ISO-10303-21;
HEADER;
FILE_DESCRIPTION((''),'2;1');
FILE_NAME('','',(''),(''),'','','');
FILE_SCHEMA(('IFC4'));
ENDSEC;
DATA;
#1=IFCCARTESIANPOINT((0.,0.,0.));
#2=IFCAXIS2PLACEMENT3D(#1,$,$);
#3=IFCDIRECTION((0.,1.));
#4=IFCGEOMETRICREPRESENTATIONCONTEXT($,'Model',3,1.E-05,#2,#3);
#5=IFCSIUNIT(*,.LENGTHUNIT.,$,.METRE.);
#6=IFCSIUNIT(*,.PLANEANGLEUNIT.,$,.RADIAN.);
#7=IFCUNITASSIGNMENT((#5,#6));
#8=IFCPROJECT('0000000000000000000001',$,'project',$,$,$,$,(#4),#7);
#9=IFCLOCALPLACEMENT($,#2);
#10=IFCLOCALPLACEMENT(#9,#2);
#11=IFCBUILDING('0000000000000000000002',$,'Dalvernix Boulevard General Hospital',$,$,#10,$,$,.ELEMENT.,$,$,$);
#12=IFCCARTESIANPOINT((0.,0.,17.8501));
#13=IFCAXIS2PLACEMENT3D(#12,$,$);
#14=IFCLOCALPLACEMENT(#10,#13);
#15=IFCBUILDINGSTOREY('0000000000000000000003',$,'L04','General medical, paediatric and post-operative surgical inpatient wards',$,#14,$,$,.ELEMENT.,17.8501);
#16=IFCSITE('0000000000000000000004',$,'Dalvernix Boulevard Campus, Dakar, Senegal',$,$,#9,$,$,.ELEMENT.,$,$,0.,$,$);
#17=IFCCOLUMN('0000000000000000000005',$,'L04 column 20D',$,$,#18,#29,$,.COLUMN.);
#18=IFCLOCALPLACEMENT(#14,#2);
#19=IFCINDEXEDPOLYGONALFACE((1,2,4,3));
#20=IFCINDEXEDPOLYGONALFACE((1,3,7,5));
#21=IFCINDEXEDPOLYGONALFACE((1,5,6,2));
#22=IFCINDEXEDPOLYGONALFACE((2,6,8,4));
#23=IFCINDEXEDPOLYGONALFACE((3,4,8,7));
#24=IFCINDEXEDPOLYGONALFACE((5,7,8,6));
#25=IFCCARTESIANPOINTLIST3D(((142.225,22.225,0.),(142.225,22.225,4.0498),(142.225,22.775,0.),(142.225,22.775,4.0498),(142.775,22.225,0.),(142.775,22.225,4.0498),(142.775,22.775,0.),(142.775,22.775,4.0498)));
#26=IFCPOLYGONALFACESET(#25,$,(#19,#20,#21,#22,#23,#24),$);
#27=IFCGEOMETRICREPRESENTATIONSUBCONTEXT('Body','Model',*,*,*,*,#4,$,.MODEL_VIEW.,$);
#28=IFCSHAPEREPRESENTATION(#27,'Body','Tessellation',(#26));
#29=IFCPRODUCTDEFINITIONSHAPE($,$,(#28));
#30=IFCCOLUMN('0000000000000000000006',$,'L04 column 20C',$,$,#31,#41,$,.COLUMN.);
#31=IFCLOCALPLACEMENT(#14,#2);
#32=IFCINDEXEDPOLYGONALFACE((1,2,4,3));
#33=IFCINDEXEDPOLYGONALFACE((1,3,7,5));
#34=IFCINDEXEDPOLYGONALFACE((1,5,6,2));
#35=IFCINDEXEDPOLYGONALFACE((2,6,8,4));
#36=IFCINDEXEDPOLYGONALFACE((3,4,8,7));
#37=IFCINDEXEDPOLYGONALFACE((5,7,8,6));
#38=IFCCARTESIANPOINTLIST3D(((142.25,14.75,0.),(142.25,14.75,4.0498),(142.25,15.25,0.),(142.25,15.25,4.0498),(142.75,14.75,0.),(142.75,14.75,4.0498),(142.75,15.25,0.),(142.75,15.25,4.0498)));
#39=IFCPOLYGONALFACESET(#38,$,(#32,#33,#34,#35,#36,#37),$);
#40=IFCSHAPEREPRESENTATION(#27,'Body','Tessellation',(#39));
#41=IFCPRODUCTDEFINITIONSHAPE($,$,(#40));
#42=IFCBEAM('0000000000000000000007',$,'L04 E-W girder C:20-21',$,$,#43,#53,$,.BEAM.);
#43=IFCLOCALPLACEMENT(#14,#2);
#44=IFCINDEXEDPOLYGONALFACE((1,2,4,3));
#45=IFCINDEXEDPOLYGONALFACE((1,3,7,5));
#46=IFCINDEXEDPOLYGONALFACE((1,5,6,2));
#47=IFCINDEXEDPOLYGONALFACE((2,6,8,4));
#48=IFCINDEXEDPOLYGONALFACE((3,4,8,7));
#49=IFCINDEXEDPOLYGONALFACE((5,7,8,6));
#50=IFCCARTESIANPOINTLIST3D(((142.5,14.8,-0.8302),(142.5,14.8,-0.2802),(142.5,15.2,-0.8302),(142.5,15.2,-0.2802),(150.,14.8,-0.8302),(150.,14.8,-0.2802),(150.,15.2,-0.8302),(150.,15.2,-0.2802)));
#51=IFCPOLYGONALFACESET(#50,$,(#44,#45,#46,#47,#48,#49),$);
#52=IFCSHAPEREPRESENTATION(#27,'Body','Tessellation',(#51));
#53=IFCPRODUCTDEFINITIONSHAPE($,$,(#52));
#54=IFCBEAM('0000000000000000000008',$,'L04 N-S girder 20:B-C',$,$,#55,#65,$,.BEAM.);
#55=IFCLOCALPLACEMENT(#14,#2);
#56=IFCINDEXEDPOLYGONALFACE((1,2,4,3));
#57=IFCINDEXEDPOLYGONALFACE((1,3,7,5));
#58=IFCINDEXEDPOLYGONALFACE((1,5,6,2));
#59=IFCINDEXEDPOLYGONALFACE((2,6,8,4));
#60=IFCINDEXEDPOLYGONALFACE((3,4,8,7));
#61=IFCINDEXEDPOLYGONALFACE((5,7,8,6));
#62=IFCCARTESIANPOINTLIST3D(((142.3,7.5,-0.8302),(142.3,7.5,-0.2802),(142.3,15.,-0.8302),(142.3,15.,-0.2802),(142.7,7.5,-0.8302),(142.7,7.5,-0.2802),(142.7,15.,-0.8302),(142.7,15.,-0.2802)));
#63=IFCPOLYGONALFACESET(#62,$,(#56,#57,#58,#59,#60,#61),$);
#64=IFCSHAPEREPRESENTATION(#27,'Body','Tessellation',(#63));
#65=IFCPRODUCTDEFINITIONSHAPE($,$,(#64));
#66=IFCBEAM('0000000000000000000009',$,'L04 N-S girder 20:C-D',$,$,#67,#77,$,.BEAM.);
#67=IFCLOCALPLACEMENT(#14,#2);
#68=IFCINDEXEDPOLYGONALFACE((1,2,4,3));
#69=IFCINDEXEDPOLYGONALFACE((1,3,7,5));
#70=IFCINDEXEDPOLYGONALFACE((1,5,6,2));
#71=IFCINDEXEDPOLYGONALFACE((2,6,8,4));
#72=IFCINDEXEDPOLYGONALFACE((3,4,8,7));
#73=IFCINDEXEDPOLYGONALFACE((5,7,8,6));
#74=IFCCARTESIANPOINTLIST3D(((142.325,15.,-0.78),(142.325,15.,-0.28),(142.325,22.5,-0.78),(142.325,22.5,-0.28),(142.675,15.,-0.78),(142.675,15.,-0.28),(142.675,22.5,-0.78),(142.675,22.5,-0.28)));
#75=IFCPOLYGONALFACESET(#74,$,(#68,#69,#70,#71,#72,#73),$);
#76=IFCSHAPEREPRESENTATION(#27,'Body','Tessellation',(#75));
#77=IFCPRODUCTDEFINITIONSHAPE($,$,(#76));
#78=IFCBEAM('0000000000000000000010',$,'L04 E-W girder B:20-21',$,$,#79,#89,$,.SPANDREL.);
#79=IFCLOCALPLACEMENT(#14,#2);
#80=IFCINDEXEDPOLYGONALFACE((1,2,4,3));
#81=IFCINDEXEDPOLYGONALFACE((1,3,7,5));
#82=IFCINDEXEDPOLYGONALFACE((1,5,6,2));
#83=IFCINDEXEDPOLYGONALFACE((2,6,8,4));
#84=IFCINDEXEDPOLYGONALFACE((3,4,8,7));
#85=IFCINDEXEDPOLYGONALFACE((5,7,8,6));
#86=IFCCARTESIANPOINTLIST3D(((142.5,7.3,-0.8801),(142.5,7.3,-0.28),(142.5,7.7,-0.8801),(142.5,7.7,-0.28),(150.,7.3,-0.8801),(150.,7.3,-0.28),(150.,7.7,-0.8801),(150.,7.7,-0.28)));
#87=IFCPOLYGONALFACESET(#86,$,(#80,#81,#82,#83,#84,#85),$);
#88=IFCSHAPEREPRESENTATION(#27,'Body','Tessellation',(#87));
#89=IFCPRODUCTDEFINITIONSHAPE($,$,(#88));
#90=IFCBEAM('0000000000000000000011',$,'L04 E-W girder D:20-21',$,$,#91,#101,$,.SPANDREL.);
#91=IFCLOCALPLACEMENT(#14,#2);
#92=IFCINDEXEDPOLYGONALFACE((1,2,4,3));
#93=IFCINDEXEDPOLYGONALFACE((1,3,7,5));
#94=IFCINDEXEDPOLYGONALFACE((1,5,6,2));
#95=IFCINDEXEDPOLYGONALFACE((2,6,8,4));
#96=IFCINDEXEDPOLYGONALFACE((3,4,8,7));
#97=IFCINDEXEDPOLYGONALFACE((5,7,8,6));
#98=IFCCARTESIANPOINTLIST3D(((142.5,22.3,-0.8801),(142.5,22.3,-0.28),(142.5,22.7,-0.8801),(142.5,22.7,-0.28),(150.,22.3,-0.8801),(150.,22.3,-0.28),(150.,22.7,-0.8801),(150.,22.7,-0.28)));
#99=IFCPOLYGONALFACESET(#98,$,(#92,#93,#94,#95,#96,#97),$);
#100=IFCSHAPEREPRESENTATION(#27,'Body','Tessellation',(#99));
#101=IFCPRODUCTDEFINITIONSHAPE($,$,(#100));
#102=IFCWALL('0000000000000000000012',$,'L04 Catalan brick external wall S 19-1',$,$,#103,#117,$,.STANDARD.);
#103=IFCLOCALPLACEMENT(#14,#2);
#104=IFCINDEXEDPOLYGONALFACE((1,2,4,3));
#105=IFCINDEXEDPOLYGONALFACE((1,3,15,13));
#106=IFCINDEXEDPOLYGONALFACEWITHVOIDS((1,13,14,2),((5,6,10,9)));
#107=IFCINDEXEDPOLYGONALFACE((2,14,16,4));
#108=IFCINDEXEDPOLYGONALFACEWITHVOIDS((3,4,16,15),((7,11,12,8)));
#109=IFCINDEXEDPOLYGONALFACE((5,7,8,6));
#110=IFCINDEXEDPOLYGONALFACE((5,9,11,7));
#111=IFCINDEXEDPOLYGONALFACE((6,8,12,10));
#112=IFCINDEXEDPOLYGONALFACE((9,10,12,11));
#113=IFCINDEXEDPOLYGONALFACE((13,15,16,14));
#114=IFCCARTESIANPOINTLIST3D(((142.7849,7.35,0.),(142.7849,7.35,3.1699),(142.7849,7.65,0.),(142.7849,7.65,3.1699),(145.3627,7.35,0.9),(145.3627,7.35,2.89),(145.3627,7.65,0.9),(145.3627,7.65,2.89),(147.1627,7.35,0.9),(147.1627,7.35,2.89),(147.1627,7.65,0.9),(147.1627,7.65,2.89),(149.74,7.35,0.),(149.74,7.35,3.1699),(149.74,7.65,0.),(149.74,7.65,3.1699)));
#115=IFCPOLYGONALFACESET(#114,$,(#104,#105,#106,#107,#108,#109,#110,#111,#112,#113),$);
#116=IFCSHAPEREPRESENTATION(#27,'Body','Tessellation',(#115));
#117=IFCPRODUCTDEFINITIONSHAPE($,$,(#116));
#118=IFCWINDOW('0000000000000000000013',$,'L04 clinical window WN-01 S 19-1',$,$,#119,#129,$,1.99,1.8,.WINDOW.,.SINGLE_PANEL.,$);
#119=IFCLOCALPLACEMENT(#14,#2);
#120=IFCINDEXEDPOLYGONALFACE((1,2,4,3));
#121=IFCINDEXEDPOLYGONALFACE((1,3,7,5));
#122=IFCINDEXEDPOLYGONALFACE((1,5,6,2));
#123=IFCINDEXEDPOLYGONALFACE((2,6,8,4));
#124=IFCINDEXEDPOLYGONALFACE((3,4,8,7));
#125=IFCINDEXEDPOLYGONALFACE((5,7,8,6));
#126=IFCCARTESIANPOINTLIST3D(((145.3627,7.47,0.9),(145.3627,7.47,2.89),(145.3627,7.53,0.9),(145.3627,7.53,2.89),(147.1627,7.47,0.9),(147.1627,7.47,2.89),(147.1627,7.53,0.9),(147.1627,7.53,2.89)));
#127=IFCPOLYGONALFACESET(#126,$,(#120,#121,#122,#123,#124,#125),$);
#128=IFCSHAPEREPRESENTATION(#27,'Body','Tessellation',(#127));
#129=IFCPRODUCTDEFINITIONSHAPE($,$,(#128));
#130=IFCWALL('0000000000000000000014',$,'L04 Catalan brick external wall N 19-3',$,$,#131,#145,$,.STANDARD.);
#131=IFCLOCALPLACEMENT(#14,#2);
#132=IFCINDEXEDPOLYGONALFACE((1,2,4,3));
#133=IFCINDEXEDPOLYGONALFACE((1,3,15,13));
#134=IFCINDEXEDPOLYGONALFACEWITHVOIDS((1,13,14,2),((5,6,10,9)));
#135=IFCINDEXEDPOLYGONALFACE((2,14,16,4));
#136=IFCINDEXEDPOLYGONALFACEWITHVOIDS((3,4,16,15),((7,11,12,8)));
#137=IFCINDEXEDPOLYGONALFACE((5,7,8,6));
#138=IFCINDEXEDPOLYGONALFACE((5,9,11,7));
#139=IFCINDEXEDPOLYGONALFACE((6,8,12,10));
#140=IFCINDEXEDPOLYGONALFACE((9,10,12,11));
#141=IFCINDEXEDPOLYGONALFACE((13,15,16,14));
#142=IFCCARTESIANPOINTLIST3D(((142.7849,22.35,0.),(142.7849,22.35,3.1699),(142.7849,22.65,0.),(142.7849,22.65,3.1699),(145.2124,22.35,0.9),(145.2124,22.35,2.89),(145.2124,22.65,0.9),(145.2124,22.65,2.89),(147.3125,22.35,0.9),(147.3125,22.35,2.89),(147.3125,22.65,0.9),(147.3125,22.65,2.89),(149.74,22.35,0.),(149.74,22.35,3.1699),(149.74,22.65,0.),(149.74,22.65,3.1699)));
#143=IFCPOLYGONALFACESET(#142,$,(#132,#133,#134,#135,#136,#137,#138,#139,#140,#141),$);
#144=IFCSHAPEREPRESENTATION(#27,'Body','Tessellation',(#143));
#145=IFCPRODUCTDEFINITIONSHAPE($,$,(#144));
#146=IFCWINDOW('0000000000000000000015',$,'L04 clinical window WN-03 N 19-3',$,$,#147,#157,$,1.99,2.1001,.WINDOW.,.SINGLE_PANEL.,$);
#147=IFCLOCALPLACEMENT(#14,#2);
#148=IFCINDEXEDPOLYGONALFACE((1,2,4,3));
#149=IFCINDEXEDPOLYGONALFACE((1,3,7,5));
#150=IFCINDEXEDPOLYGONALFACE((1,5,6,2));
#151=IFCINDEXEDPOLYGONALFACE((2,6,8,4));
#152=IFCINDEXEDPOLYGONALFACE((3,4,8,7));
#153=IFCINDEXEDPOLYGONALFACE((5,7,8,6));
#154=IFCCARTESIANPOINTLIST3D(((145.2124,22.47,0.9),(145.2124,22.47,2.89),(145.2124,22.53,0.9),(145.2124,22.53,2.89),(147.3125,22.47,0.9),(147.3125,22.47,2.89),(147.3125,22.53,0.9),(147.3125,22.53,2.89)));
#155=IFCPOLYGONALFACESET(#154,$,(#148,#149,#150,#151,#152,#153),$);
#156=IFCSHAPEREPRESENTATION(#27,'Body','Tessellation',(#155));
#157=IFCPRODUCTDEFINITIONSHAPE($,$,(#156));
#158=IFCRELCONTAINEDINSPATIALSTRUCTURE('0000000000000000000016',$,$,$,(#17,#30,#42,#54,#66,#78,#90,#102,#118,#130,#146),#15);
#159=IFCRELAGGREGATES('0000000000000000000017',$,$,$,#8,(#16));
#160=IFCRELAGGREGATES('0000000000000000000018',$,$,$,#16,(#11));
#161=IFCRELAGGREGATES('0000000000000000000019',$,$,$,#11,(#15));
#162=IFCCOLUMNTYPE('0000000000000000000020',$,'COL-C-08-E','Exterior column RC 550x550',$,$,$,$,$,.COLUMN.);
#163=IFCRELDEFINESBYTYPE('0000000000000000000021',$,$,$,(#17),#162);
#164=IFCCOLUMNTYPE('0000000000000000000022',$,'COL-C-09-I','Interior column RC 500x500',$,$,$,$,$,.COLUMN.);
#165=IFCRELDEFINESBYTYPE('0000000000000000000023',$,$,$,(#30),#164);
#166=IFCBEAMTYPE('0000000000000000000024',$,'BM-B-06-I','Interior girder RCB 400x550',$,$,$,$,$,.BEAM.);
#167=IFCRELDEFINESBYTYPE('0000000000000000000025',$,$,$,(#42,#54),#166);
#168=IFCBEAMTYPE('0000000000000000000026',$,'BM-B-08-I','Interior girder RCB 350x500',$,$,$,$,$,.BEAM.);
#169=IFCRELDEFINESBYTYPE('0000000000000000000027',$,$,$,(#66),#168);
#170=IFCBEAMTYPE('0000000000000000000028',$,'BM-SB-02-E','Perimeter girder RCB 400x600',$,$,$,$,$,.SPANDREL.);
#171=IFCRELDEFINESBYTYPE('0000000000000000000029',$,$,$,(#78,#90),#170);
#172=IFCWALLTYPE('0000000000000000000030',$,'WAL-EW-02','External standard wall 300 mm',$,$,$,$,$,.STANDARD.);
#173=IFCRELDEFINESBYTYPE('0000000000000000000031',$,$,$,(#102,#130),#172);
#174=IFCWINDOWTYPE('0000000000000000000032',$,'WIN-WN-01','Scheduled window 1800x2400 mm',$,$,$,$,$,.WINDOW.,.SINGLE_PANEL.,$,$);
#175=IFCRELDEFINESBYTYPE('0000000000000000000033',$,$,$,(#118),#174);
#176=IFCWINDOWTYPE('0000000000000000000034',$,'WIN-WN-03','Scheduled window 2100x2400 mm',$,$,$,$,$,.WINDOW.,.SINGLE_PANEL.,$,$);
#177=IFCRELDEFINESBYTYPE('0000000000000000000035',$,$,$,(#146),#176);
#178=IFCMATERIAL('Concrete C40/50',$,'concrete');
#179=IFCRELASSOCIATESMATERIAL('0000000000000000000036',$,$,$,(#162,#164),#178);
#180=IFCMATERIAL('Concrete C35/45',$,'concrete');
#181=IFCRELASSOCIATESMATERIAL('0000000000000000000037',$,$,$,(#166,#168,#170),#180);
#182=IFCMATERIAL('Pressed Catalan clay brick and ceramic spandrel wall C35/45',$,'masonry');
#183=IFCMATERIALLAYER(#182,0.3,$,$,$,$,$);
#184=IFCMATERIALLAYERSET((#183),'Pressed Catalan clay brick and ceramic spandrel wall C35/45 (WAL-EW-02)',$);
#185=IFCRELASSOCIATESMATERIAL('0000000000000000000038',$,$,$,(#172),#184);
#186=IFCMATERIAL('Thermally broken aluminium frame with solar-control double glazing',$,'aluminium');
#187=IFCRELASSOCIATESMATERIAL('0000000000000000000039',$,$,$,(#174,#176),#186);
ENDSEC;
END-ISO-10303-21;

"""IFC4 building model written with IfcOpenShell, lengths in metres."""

from ifc_helpers import new_model, si_unit, direction, frame, frame_2d, origin, origin_2d, place, context, subcontext, project, spatial, rectangle, extrude, material, layer, layer_set, material_profile, profile_set, type_object, element, fill, save


model = new_model("IFC4")

# Units and contexts
model_context = context("Model", 3, precision=1e-05, world=origin(), true_north=direction((0.0, 1.0)))
body_context = subcontext(model_context, "Body", "Model", "MODEL_VIEW")
ifc_project = project(units=[si_unit("LENGTHUNIT", "METRE"), si_unit("PLANEANGLEUNIT", "RADIAN")], contexts=[model_context])

# Site, building, storey
site_placement = place(None, origin())
site = spatial("IfcSite", under=ifc_project, at=site_placement, Name="Dalvernix Boulevard Campus, Dakar, Senegal", CompositionType="ELEMENT", RefElevation=0.0)
building_placement = place(site_placement, origin())
building = spatial("IfcBuilding", under=site, at=building_placement, Name="Dalvernix Boulevard General Hospital", CompositionType="ELEMENT")
storey_placement = place(building_placement, frame((0.0, 0.0, 17.8501)))
storey = spatial("IfcBuildingStorey", under=building, at=storey_placement, Name="L04", Description="General medical, paediatric and post-operative surgical inpatient wards", CompositionType="ELEMENT", Elevation=17.8501)

# Columns
ifc_material_1 = material(Name="Concrete C40/50", Category="concrete")
ifc_material_profile_1 = material_profile(ifc_material_1, rectangle(XDim=0.55, YDim=0.55, at=origin_2d()), Name="RC 550x550")
ifc_profile_set_1 = profile_set([ifc_material_profile_1], Name="Concrete C40/50")
column_type_1 = type_object("IfcColumnType", Name="COL-C-08-E", Description="Exterior column RC 550x550", PredefinedType="COLUMN", material=ifc_profile_set_1)
column_1_placement = place(storey_placement, frame((142.5, 22.5, 0.0), z_axis=(0.0, 0.0, 1.0), x_axis=(1.0, 0.0, 0.0)))
element("IfcColumn", 1, at=column_1_placement, inside=storey, type_object=column_type_1, Name="L04 column 20D", PredefinedType="COLUMN", context=body_context, shape_type="SweptSolid", body=[
    extrude(rectangle(XDim=0.55, YDim=0.55, at=origin_2d()), origin(), (0.0, 0.0, 1.0), 4.0498),
])
ifc_material_profile_2 = material_profile(ifc_material_1, rectangle(XDim=0.5, YDim=0.5, at=origin_2d()), Name="RC 500x500")
ifc_profile_set_2 = profile_set([ifc_material_profile_2], Name="Concrete C40/50")
column_type_2 = type_object("IfcColumnType", Name="COL-C-09-I", Description="Interior column RC 500x500", PredefinedType="COLUMN", material=ifc_profile_set_2)
column_2_placement = place(storey_placement, frame((142.5, 15.0, 0.0), z_axis=(0.0, 0.0, 1.0), x_axis=(1.0, 0.0, 0.0)))
element("IfcColumn", 2, at=column_2_placement, inside=storey, type_object=column_type_2, Name="L04 column 20C", PredefinedType="COLUMN", context=body_context, shape_type="SweptSolid", body=[
    extrude(rectangle(XDim=0.5, YDim=0.5, at=origin_2d()), origin(), (0.0, 0.0, 1.0), 4.0498),
])

# Beams
ifc_material_2 = material(Name="Concrete C35/45", Category="concrete")
ifc_material_profile_3 = material_profile(ifc_material_2, rectangle(XDim=0.3999, YDim=0.55, at=origin_2d()), Name="RCB 400x550")
ifc_profile_set_3 = profile_set([ifc_material_profile_3], Name="Concrete C35/45")
beam_type_1 = type_object("IfcBeamType", Name="BM-B-06-I", Description="Interior girder RCB 400x550", PredefinedType="BEAM", material=ifc_profile_set_3)
for number, where, z_axis, x_axis, name in (
    (3, (142.5, 15.0, -0.5552), (1.0, 0.0, 0.0), (0.0, 1.0, 0.0), "L04 E-W girder C:20-21"),
    (4, (142.5, 7.5, -0.5552), (0.0, 1.0, 0.0), (-1.0, 0.0, 0.0), "L04 N-S girder 20:B-C"),
):
    element("IfcBeam", number, at=place(storey_placement, frame(where, z_axis=z_axis, x_axis=x_axis)), inside=storey, type_object=beam_type_1, Name=name, PredefinedType="BEAM", context=body_context, shape_type="SweptSolid", body=[
        extrude(rectangle(XDim=0.3999, YDim=0.55, at=origin_2d()), origin(), (0.0, 0.0, 1.0), 7.5),
    ])
ifc_material_profile_4 = material_profile(ifc_material_2, rectangle(XDim=0.3501, YDim=0.5, at=origin_2d()), Name="RCB 350x500")
ifc_profile_set_4 = profile_set([ifc_material_profile_4], Name="Concrete C35/45")
beam_type_2 = type_object("IfcBeamType", Name="BM-B-08-I", Description="Interior girder RCB 350x500", PredefinedType="BEAM", material=ifc_profile_set_4)
beam_placement = place(storey_placement, frame((142.5, 15.0, -0.53), z_axis=(0.0, 1.0, 0.0), x_axis=(-1.0, 0.0, 0.0)))
element("IfcBeam", 5, at=beam_placement, inside=storey, type_object=beam_type_2, Name="L04 N-S girder 20:C-D", PredefinedType="BEAM", context=body_context, shape_type="SweptSolid", body=[
    extrude(rectangle(XDim=0.3501, YDim=0.5, at=origin_2d()), origin(), (0.0, 0.0, 1.0), 7.5),
])
ifc_material_profile_5 = material_profile(ifc_material_2, rectangle(XDim=0.3999, YDim=0.6001, at=origin_2d()), Name="RCB 400x600")
ifc_profile_set_5 = profile_set([ifc_material_profile_5], Name="Concrete C35/45")
beam_type_3 = type_object("IfcBeamType", Name="BM-SB-02-E", Description="Perimeter girder RCB 400x600", PredefinedType="SPANDREL", material=ifc_profile_set_5)
for number, where, z_axis, x_axis, name in (
    (6, (142.5, 7.5, -0.5801), (1.0, 0.0, 0.0), (0.0, 1.0, 0.0), "L04 E-W girder B:20-21"),
    (7, (142.5, 22.5, -0.5801), (1.0, 0.0, 0.0), (0.0, 1.0, 0.0), "L04 E-W girder D:20-21"),
):
    element("IfcBeam", number, at=place(storey_placement, frame(where, z_axis=z_axis, x_axis=x_axis)), inside=storey, type_object=beam_type_3, Name=name, PredefinedType="SPANDREL", context=body_context, shape_type="SweptSolid", body=[
        extrude(rectangle(XDim=0.3999, YDim=0.6001, at=origin_2d()), origin(), (0.0, 0.0, 1.0), 7.5),
    ])

# Walls, openings, windows
ifc_material_3 = material(Name="Pressed Catalan clay brick and ceramic spandrel wall C35/45", Category="masonry")
ifc_layer_1 = layer(ifc_material_3, 0.3)
ifc_layer_set_1 = layer_set([ifc_layer_1], Name="Pressed Catalan clay brick and ceramic spandrel wall C35/45 (WAL-EW-02)")
wall_type_1 = type_object("IfcWallType", Name="WAL-EW-02", Description="External standard wall 300 mm", PredefinedType="STANDARD", material=ifc_layer_set_1)
wall_1_placement = place(storey_placement, frame((149.74, 7.5, 0.0), z_axis=(0.0, 0.0, 1.0), x_axis=(-1.0, 0.0, 0.0)))
wall_1 = element("IfcWall", 8, at=wall_1_placement, inside=storey, type_object=wall_type_1, Name="L04 Catalan brick external wall S 19-1", PredefinedType="STANDARD", context=body_context, shape_type="SweptSolid", body=[
    extrude(rectangle(XDim=6.9551, YDim=0.3, at=frame_2d((3.4775, 0.0))), origin(), (0.0, 0.0, 1.0), 3.1699),
])
opening_1_placement = place(wall_1_placement, frame((2.5774, 0.0, 0.8999)))
opening_1 = element("IfcOpeningElement", 9, at=opening_1_placement, cuts=wall_1, PredefinedType="OPENING", context=body_context, shape_type="SweptSolid", body=[
    extrude(rectangle(XDim=1.8, YDim=1.99, at=frame_2d((0.8999, 0.9951))), frame((0.0, 0.1599, 0.0), z_axis=(0.0, -1.0, 0.0), x_axis=(1.0, 0.0, 0.0)), (0.0, 0.0, 1.0), 0.3201),
])
ifc_material_4 = material(Name="Thermally broken aluminium frame with solar-control double glazing", Category="aluminium")
window_type_1 = type_object("IfcWindowType", Name="WIN-WN-01", Description="Scheduled window 1800x2400 mm", PartitioningType="SINGLE_PANEL", PredefinedType="WINDOW", material=ifc_material_4)
window_1_placement = place(opening_1_placement, origin())
window_1 = element("IfcWindow", 10, at=window_1_placement, inside=storey, type_object=window_type_1, Name="L04 clinical window WN-01 S 19-1", OverallHeight=1.99, OverallWidth=1.8, PartitioningType="SINGLE_PANEL", PredefinedType="WINDOW", context=body_context, shape_type="SweptSolid", body=[
    extrude(rectangle(XDim=1.8, YDim=1.99, at=frame_2d((0.8999, 0.9951))), frame((0.0, 0.03, 0.0), z_axis=(0.0, -1.0, 0.0), x_axis=(1.0, 0.0, 0.0)), (0.0, 0.0, 1.0), 0.0601),
])
fill(opening_1, window_1)
wall_2_placement = place(storey_placement, frame((142.7849, 22.5, 0.0), z_axis=(0.0, 0.0, 1.0), x_axis=(1.0, 0.0, 0.0)))
wall_2 = element("IfcWall", 11, at=wall_2_placement, inside=storey, type_object=wall_type_1, Name="L04 Catalan brick external wall N 19-3", PredefinedType="STANDARD", context=body_context, shape_type="SweptSolid", body=[
    extrude(rectangle(XDim=6.9551, YDim=0.3, at=frame_2d((3.4775, 0.0))), origin(), (0.0, 0.0, 1.0), 3.1699),
])
opening_2_placement = place(wall_2_placement, frame((2.4275, 0.0, 0.8999)))
opening_2 = element("IfcOpeningElement", 12, at=opening_2_placement, cuts=wall_2, PredefinedType="OPENING", context=body_context, shape_type="SweptSolid", body=[
    extrude(rectangle(XDim=2.1001, YDim=1.99, at=frame_2d((1.05, 0.9951))), frame((0.0, 0.1599, 0.0), z_axis=(0.0, -1.0, 0.0), x_axis=(1.0, 0.0, 0.0)), (0.0, 0.0, 1.0), 0.3201),
])
window_type_2 = type_object("IfcWindowType", Name="WIN-WN-03", Description="Scheduled window 2100x2400 mm", PartitioningType="SINGLE_PANEL", PredefinedType="WINDOW", material=ifc_material_4)
window_2_placement = place(opening_2_placement, origin())
window_2 = element("IfcWindow", 13, at=window_2_placement, inside=storey, type_object=window_type_2, Name="L04 clinical window WN-03 N 19-3", OverallHeight=1.99, OverallWidth=2.1001, PartitioningType="SINGLE_PANEL", PredefinedType="WINDOW", context=body_context, shape_type="SweptSolid", body=[
    extrude(rectangle(XDim=2.1001, YDim=1.99, at=frame_2d((1.05, 0.9951))), frame((0.0, 0.03, 0.0), z_axis=(0.0, -1.0, 0.0), x_axis=(1.0, 0.0, 0.0)), (0.0, 0.0, 1.0), 0.0601),
])
fill(opening_2, window_2)

save(model, "model.ifc")
